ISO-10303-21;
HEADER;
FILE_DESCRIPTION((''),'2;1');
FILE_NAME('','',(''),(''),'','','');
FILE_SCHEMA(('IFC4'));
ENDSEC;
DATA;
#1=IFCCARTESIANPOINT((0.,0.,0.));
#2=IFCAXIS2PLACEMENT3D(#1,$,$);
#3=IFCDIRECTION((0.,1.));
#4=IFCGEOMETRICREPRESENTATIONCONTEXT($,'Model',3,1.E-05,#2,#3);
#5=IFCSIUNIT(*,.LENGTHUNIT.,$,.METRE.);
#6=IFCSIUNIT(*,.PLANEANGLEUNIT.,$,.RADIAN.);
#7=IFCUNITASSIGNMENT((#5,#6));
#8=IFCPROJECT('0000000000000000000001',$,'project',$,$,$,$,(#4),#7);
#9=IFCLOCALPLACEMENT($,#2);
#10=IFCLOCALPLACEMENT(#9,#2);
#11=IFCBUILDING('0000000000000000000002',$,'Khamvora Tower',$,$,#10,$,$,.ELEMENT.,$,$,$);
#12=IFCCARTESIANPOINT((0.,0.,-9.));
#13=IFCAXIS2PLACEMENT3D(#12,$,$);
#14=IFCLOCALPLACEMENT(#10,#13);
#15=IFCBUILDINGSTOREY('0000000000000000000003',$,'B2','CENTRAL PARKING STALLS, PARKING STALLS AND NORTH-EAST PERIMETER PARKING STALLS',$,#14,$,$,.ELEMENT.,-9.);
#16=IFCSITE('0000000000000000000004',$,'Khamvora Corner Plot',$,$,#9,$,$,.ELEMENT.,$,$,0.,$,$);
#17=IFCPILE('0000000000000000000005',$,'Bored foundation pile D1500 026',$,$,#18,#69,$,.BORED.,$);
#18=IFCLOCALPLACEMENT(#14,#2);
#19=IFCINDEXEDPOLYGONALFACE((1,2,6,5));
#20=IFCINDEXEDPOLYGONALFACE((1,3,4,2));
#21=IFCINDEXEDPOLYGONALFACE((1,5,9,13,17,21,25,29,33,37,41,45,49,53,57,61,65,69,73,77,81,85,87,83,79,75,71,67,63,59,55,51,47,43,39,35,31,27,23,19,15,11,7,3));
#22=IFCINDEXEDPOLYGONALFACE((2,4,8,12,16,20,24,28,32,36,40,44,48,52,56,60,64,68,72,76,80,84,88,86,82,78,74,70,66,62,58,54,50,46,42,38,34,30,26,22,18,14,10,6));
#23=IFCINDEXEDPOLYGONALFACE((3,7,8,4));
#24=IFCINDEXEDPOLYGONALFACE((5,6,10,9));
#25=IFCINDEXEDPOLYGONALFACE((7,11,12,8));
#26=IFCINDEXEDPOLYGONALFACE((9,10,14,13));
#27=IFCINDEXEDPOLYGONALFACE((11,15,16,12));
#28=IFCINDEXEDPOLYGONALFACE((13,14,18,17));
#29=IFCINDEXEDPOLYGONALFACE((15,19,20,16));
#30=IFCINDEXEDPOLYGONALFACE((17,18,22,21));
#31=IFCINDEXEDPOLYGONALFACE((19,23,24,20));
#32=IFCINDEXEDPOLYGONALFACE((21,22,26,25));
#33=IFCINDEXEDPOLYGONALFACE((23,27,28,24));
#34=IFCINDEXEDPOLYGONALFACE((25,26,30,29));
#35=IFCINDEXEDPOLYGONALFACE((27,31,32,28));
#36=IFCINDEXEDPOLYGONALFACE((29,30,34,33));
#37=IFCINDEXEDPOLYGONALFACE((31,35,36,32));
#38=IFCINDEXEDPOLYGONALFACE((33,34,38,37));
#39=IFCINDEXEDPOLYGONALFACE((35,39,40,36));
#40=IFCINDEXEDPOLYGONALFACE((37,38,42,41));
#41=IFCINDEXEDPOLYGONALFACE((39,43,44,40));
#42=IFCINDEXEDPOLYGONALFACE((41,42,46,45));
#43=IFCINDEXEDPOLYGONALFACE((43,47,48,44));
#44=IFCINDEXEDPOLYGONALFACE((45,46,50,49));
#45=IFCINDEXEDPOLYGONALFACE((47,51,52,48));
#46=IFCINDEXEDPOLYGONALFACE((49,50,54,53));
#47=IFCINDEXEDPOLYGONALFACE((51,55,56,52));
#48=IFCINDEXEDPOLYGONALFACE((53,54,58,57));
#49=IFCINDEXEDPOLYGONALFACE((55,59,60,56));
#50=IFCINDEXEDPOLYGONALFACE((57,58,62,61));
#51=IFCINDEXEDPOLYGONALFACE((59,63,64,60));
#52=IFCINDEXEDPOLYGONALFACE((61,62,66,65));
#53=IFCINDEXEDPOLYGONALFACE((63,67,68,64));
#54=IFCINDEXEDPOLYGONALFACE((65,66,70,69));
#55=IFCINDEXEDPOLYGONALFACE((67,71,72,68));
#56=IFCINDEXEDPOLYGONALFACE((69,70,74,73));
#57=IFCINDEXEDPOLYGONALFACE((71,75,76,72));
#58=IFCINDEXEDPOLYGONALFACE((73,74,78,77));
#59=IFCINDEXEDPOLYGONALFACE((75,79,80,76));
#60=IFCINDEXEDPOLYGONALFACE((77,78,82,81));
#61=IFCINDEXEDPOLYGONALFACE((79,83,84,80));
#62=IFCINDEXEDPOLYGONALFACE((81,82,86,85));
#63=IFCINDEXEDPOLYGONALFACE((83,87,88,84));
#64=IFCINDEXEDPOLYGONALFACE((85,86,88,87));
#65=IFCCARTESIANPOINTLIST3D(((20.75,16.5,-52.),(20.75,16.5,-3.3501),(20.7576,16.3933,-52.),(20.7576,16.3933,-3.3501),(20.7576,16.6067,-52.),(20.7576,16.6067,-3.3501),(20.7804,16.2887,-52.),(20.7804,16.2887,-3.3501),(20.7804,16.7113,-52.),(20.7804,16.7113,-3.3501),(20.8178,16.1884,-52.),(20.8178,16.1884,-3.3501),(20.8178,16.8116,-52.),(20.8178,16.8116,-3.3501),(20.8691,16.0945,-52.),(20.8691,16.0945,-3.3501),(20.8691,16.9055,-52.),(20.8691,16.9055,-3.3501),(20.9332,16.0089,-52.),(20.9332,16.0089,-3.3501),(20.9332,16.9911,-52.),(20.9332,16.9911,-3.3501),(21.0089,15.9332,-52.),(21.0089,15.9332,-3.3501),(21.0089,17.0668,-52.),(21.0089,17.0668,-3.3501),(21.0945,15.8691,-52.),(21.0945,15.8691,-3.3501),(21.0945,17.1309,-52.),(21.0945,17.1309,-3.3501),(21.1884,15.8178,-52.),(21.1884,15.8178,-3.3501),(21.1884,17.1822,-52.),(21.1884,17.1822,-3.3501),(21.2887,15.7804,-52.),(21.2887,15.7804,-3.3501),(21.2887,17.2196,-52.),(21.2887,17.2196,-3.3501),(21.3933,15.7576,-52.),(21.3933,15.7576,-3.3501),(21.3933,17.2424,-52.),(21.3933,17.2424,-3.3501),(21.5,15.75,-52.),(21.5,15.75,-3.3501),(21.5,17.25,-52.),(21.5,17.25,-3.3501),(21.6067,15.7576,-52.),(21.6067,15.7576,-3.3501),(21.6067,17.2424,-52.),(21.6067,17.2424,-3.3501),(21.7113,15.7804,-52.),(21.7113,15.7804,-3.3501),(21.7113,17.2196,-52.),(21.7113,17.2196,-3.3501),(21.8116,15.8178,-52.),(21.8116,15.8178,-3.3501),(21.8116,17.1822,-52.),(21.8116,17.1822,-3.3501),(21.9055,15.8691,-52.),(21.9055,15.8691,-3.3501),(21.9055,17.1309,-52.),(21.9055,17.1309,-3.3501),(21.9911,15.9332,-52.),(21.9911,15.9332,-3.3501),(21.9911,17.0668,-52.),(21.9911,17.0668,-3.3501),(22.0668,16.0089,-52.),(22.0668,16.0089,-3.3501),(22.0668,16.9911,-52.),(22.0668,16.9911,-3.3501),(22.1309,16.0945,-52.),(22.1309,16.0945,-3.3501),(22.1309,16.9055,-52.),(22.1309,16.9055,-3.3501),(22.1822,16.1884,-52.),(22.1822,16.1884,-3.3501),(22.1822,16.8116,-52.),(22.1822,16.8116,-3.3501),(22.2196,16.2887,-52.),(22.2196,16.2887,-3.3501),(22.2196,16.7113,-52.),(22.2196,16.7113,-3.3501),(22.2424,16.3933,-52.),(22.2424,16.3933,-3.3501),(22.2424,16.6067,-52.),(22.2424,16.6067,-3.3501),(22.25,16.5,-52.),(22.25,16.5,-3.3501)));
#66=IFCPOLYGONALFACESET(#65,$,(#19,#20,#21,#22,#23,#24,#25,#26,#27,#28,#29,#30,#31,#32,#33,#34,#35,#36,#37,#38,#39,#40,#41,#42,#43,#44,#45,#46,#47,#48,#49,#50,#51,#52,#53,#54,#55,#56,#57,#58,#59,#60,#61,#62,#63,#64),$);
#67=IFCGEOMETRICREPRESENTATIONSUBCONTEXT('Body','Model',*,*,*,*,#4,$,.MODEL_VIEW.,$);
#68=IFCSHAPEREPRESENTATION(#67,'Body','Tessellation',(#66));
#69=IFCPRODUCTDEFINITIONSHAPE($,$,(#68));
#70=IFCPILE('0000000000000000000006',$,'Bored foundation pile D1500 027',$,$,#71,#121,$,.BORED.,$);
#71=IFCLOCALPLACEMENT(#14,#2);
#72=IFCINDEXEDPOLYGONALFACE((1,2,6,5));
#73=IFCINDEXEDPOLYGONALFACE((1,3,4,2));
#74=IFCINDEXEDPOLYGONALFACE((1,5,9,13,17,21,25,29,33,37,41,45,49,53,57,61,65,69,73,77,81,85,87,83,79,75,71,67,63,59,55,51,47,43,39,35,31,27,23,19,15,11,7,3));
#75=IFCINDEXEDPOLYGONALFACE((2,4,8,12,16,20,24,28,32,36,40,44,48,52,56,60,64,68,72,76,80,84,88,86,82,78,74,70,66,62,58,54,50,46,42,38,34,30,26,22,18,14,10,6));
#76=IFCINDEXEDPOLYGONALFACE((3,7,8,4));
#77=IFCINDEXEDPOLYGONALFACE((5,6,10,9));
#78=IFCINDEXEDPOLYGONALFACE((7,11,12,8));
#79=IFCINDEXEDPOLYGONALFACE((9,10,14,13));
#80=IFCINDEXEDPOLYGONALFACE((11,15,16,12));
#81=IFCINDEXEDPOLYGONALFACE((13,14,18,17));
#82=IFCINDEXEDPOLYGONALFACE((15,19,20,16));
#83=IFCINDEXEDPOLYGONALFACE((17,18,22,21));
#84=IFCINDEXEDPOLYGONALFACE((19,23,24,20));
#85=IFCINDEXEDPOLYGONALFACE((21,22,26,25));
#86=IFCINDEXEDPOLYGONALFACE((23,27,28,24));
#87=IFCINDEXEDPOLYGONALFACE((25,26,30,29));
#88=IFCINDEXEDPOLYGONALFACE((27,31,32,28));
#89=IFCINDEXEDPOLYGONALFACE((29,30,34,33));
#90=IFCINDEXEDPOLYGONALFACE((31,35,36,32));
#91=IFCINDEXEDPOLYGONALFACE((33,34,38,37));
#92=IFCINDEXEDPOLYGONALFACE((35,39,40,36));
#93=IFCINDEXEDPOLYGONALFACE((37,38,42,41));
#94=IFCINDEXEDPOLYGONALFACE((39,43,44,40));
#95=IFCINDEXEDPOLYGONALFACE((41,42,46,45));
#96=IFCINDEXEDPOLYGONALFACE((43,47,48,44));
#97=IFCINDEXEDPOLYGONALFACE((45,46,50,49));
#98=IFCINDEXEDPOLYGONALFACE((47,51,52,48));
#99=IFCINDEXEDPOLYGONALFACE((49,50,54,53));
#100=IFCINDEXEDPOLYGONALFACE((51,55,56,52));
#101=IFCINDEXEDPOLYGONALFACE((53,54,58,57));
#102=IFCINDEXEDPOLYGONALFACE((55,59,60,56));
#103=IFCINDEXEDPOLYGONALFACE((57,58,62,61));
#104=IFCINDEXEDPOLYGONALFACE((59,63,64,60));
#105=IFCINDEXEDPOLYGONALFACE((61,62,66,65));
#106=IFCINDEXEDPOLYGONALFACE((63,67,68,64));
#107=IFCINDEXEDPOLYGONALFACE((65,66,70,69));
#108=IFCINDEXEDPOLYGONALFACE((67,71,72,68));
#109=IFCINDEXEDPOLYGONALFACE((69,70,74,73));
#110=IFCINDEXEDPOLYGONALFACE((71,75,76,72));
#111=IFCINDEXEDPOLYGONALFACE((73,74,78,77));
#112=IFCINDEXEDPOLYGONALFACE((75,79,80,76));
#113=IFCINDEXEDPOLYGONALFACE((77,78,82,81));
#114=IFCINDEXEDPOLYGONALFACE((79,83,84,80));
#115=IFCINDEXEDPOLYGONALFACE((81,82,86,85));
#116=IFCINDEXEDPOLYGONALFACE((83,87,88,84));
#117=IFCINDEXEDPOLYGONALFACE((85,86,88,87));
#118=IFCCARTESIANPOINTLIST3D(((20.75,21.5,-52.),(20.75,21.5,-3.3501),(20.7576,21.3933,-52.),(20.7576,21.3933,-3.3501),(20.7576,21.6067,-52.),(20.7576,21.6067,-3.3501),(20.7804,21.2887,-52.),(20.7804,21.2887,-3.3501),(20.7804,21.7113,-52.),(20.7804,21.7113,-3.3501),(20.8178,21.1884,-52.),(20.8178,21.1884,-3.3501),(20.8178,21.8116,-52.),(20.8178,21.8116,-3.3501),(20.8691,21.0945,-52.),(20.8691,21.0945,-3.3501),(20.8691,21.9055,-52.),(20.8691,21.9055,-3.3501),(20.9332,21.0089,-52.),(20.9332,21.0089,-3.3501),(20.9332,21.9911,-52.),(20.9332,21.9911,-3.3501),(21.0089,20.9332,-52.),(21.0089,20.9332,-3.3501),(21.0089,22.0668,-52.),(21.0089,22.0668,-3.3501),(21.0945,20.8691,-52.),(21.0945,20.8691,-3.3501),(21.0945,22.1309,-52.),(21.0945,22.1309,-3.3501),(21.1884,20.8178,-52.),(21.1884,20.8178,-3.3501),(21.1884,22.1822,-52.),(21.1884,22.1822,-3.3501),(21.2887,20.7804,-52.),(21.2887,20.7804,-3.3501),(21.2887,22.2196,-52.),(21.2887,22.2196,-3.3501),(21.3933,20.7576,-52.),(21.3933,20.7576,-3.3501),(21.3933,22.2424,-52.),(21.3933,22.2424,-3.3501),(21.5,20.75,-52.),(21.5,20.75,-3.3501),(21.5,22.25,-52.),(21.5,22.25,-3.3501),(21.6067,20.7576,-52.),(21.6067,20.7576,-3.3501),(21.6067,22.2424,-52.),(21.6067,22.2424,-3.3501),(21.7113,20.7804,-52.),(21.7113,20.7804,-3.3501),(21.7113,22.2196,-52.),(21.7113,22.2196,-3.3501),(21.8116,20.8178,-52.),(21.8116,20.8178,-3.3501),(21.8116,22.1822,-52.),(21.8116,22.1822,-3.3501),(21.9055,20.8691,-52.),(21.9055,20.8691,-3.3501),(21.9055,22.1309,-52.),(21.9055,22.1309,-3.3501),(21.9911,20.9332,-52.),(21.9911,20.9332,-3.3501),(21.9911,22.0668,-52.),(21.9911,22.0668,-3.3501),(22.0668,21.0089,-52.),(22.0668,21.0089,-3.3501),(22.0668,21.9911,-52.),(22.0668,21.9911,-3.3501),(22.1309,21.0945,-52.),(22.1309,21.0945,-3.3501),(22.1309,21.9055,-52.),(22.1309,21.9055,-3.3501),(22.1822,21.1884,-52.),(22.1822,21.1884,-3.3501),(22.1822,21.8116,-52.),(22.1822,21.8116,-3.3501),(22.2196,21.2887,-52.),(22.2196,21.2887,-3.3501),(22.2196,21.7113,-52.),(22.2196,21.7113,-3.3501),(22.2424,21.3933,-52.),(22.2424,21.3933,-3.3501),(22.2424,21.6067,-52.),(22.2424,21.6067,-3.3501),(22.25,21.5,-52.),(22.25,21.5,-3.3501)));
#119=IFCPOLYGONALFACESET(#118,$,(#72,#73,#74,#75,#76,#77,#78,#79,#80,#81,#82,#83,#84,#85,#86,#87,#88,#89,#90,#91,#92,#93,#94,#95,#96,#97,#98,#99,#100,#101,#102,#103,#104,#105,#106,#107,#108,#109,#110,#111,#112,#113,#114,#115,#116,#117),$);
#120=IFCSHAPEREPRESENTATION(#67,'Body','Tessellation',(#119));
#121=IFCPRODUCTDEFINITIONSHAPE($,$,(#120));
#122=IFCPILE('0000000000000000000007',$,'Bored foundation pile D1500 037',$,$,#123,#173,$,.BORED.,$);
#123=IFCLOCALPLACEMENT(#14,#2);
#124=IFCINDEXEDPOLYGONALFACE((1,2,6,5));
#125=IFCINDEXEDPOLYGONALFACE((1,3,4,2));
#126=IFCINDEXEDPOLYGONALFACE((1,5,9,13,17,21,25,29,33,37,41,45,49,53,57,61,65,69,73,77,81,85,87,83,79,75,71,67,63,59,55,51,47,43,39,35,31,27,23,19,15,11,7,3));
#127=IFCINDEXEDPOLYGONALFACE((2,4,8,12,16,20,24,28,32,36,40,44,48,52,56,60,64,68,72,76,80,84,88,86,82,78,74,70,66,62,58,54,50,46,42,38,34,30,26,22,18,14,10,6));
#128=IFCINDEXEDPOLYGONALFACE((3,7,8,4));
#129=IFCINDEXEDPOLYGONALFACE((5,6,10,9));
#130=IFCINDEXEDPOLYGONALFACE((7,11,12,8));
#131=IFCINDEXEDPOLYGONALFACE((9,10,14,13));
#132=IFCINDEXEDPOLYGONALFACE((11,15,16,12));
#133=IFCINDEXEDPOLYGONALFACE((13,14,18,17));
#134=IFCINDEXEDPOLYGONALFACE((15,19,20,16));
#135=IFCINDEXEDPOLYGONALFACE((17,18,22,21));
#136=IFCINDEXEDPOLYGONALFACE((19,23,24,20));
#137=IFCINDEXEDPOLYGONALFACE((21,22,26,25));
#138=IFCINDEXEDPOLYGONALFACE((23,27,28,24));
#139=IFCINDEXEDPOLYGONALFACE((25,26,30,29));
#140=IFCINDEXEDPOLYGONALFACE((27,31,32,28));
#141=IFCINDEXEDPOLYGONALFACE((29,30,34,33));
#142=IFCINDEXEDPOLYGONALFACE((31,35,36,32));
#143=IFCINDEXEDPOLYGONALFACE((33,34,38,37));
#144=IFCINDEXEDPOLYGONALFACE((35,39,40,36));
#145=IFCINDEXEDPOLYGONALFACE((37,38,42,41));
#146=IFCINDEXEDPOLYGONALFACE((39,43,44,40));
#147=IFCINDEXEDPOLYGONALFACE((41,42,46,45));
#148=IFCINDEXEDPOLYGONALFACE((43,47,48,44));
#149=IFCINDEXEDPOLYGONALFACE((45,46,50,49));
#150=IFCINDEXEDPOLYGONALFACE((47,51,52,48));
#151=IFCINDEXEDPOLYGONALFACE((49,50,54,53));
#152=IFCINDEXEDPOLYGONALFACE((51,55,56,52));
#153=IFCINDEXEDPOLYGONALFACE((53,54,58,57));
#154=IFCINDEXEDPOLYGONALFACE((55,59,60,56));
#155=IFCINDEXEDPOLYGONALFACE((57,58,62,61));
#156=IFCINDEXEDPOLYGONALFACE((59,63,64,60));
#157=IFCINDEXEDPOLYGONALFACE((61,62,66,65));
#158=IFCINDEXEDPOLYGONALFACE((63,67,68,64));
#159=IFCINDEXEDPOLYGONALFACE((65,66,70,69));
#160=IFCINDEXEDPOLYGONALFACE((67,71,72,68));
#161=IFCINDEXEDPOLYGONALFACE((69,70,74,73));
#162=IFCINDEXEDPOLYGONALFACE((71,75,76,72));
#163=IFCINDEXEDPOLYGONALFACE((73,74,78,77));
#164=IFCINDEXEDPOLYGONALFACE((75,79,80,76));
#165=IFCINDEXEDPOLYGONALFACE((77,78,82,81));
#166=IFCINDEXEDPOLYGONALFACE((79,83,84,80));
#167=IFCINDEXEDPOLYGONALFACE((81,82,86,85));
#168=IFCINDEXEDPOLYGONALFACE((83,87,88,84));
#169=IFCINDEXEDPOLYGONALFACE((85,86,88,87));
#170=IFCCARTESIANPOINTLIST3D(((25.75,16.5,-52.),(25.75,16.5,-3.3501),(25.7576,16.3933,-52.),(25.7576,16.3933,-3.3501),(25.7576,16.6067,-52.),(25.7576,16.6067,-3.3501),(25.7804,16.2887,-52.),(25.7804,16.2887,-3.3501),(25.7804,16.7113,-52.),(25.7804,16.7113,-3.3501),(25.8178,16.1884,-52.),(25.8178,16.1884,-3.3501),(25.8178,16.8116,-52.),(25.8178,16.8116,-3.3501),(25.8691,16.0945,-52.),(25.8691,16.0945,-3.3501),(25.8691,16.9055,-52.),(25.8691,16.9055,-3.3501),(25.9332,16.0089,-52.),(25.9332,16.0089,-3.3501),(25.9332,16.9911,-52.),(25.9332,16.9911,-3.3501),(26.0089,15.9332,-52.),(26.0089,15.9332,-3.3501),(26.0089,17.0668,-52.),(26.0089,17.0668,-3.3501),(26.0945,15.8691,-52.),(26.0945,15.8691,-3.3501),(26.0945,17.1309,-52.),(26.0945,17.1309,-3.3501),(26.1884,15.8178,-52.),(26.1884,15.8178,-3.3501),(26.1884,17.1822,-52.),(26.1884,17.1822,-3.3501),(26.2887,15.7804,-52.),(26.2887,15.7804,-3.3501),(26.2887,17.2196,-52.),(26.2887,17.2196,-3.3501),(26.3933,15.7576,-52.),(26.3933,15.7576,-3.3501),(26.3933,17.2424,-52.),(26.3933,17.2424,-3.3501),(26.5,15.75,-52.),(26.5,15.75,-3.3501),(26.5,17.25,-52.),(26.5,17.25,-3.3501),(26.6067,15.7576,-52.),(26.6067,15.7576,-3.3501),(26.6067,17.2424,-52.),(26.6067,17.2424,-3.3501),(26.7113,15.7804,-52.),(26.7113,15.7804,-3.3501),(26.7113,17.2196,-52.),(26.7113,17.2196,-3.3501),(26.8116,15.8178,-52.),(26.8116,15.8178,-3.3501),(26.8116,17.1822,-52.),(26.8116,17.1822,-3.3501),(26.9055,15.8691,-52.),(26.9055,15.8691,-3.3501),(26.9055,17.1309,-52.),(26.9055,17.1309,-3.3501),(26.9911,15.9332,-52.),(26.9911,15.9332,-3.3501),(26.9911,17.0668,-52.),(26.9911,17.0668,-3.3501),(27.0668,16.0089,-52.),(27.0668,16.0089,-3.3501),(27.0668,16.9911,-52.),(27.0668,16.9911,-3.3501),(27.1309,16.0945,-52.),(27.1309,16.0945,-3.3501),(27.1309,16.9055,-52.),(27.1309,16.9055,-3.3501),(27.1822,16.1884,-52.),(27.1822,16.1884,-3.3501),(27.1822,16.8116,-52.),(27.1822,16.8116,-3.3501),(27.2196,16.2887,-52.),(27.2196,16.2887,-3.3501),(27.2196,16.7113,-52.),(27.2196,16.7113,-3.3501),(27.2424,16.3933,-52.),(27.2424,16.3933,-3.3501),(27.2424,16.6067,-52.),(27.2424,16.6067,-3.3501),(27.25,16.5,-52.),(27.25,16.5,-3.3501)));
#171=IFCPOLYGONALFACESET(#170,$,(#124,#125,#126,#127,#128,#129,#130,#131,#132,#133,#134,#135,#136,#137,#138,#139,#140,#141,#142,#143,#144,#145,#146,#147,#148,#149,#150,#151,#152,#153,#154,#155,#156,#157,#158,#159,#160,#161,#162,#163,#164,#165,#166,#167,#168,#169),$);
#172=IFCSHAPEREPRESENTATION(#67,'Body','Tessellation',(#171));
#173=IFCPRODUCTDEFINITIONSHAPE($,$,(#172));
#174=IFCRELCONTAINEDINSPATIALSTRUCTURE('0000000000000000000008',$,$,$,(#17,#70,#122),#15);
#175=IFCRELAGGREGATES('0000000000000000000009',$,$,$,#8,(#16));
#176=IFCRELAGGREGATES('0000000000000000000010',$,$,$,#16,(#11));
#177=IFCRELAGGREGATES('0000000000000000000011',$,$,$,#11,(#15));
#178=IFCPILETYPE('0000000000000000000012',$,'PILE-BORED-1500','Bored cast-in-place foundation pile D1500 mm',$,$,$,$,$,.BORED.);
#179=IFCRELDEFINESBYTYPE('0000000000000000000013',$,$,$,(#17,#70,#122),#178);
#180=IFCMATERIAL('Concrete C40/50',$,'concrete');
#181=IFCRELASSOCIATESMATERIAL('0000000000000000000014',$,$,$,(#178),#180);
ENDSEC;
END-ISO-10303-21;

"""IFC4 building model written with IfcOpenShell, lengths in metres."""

from ifc_helpers import new_model, si_unit, direction, frame, origin, origin_2d, place, context, subcontext, project, spatial, circle, extrude, material, material_profile, profile_set, type_object, element, save


model = new_model("IFC4")

# Units and contexts
model_context = context("Model", 3, precision=1e-05, world=origin(), true_north=direction((0.0, 1.0)))
body_context = subcontext(model_context, "Body", "Model", "MODEL_VIEW")
ifc_project = project(units=[si_unit("LENGTHUNIT", "METRE"), si_unit("PLANEANGLEUNIT", "RADIAN")], contexts=[model_context])

# Site, building, storey
site_placement = place(None, origin())
site = spatial("IfcSite", under=ifc_project, at=site_placement, Name="Khamvora Corner Plot", CompositionType="ELEMENT", RefElevation=0.0)
building_placement = place(site_placement, origin())
building = spatial("IfcBuilding", under=site, at=building_placement, Name="Khamvora Tower", CompositionType="ELEMENT")
storey_placement = place(building_placement, frame((0.0, 0.0, -9.0)))
storey = spatial("IfcBuildingStorey", under=building, at=storey_placement, Name="B2", Description="CENTRAL PARKING STALLS, PARKING STALLS AND NORTH-EAST PERIMETER PARKING STALLS", CompositionType="ELEMENT", Elevation=-9.0)

# Piles
ifc_material_1 = material(Name="Concrete C40/50", Category="concrete")
ifc_material_profile_1 = material_profile(ifc_material_1, circle(Radius=0.75, at=origin_2d()), Name="PILE_D1500")
ifc_profile_set_1 = profile_set([ifc_material_profile_1], Name="Concrete C40/50")
pile_type = type_object("IfcPileType", Name="PILE-BORED-1500", Description="Bored cast-in-place foundation pile D1500 mm", PredefinedType="BORED", material=ifc_profile_set_1)
for number, where, z_axis, x_axis, name in (
    (1, (21.5, 16.5, -3.3501), (0.0, 0.0, -1.0), (1.0, 0.0, 0.0), "Bored foundation pile D1500 026"),
    (2, (21.5, 21.5, -3.3501), (0.0, 0.0, -1.0), (1.0, 0.0, 0.0), "Bored foundation pile D1500 027"),
    (3, (26.5, 16.5, -3.3501), (0.0, 0.0, -1.0), (1.0, 0.0, 0.0), "Bored foundation pile D1500 037"),
):
    element("IfcPile", number, at=place(storey_placement, frame(where, z_axis=z_axis, x_axis=x_axis)), inside=storey, type_object=pile_type, Name=name, PredefinedType="BORED", context=body_context, shape_type="SweptSolid", body=[
        extrude(circle(Radius=0.75, at=origin_2d()), origin(), (0.0, 0.0, 1.0), 48.6499),
    ])

save(model, "model.ifc")
